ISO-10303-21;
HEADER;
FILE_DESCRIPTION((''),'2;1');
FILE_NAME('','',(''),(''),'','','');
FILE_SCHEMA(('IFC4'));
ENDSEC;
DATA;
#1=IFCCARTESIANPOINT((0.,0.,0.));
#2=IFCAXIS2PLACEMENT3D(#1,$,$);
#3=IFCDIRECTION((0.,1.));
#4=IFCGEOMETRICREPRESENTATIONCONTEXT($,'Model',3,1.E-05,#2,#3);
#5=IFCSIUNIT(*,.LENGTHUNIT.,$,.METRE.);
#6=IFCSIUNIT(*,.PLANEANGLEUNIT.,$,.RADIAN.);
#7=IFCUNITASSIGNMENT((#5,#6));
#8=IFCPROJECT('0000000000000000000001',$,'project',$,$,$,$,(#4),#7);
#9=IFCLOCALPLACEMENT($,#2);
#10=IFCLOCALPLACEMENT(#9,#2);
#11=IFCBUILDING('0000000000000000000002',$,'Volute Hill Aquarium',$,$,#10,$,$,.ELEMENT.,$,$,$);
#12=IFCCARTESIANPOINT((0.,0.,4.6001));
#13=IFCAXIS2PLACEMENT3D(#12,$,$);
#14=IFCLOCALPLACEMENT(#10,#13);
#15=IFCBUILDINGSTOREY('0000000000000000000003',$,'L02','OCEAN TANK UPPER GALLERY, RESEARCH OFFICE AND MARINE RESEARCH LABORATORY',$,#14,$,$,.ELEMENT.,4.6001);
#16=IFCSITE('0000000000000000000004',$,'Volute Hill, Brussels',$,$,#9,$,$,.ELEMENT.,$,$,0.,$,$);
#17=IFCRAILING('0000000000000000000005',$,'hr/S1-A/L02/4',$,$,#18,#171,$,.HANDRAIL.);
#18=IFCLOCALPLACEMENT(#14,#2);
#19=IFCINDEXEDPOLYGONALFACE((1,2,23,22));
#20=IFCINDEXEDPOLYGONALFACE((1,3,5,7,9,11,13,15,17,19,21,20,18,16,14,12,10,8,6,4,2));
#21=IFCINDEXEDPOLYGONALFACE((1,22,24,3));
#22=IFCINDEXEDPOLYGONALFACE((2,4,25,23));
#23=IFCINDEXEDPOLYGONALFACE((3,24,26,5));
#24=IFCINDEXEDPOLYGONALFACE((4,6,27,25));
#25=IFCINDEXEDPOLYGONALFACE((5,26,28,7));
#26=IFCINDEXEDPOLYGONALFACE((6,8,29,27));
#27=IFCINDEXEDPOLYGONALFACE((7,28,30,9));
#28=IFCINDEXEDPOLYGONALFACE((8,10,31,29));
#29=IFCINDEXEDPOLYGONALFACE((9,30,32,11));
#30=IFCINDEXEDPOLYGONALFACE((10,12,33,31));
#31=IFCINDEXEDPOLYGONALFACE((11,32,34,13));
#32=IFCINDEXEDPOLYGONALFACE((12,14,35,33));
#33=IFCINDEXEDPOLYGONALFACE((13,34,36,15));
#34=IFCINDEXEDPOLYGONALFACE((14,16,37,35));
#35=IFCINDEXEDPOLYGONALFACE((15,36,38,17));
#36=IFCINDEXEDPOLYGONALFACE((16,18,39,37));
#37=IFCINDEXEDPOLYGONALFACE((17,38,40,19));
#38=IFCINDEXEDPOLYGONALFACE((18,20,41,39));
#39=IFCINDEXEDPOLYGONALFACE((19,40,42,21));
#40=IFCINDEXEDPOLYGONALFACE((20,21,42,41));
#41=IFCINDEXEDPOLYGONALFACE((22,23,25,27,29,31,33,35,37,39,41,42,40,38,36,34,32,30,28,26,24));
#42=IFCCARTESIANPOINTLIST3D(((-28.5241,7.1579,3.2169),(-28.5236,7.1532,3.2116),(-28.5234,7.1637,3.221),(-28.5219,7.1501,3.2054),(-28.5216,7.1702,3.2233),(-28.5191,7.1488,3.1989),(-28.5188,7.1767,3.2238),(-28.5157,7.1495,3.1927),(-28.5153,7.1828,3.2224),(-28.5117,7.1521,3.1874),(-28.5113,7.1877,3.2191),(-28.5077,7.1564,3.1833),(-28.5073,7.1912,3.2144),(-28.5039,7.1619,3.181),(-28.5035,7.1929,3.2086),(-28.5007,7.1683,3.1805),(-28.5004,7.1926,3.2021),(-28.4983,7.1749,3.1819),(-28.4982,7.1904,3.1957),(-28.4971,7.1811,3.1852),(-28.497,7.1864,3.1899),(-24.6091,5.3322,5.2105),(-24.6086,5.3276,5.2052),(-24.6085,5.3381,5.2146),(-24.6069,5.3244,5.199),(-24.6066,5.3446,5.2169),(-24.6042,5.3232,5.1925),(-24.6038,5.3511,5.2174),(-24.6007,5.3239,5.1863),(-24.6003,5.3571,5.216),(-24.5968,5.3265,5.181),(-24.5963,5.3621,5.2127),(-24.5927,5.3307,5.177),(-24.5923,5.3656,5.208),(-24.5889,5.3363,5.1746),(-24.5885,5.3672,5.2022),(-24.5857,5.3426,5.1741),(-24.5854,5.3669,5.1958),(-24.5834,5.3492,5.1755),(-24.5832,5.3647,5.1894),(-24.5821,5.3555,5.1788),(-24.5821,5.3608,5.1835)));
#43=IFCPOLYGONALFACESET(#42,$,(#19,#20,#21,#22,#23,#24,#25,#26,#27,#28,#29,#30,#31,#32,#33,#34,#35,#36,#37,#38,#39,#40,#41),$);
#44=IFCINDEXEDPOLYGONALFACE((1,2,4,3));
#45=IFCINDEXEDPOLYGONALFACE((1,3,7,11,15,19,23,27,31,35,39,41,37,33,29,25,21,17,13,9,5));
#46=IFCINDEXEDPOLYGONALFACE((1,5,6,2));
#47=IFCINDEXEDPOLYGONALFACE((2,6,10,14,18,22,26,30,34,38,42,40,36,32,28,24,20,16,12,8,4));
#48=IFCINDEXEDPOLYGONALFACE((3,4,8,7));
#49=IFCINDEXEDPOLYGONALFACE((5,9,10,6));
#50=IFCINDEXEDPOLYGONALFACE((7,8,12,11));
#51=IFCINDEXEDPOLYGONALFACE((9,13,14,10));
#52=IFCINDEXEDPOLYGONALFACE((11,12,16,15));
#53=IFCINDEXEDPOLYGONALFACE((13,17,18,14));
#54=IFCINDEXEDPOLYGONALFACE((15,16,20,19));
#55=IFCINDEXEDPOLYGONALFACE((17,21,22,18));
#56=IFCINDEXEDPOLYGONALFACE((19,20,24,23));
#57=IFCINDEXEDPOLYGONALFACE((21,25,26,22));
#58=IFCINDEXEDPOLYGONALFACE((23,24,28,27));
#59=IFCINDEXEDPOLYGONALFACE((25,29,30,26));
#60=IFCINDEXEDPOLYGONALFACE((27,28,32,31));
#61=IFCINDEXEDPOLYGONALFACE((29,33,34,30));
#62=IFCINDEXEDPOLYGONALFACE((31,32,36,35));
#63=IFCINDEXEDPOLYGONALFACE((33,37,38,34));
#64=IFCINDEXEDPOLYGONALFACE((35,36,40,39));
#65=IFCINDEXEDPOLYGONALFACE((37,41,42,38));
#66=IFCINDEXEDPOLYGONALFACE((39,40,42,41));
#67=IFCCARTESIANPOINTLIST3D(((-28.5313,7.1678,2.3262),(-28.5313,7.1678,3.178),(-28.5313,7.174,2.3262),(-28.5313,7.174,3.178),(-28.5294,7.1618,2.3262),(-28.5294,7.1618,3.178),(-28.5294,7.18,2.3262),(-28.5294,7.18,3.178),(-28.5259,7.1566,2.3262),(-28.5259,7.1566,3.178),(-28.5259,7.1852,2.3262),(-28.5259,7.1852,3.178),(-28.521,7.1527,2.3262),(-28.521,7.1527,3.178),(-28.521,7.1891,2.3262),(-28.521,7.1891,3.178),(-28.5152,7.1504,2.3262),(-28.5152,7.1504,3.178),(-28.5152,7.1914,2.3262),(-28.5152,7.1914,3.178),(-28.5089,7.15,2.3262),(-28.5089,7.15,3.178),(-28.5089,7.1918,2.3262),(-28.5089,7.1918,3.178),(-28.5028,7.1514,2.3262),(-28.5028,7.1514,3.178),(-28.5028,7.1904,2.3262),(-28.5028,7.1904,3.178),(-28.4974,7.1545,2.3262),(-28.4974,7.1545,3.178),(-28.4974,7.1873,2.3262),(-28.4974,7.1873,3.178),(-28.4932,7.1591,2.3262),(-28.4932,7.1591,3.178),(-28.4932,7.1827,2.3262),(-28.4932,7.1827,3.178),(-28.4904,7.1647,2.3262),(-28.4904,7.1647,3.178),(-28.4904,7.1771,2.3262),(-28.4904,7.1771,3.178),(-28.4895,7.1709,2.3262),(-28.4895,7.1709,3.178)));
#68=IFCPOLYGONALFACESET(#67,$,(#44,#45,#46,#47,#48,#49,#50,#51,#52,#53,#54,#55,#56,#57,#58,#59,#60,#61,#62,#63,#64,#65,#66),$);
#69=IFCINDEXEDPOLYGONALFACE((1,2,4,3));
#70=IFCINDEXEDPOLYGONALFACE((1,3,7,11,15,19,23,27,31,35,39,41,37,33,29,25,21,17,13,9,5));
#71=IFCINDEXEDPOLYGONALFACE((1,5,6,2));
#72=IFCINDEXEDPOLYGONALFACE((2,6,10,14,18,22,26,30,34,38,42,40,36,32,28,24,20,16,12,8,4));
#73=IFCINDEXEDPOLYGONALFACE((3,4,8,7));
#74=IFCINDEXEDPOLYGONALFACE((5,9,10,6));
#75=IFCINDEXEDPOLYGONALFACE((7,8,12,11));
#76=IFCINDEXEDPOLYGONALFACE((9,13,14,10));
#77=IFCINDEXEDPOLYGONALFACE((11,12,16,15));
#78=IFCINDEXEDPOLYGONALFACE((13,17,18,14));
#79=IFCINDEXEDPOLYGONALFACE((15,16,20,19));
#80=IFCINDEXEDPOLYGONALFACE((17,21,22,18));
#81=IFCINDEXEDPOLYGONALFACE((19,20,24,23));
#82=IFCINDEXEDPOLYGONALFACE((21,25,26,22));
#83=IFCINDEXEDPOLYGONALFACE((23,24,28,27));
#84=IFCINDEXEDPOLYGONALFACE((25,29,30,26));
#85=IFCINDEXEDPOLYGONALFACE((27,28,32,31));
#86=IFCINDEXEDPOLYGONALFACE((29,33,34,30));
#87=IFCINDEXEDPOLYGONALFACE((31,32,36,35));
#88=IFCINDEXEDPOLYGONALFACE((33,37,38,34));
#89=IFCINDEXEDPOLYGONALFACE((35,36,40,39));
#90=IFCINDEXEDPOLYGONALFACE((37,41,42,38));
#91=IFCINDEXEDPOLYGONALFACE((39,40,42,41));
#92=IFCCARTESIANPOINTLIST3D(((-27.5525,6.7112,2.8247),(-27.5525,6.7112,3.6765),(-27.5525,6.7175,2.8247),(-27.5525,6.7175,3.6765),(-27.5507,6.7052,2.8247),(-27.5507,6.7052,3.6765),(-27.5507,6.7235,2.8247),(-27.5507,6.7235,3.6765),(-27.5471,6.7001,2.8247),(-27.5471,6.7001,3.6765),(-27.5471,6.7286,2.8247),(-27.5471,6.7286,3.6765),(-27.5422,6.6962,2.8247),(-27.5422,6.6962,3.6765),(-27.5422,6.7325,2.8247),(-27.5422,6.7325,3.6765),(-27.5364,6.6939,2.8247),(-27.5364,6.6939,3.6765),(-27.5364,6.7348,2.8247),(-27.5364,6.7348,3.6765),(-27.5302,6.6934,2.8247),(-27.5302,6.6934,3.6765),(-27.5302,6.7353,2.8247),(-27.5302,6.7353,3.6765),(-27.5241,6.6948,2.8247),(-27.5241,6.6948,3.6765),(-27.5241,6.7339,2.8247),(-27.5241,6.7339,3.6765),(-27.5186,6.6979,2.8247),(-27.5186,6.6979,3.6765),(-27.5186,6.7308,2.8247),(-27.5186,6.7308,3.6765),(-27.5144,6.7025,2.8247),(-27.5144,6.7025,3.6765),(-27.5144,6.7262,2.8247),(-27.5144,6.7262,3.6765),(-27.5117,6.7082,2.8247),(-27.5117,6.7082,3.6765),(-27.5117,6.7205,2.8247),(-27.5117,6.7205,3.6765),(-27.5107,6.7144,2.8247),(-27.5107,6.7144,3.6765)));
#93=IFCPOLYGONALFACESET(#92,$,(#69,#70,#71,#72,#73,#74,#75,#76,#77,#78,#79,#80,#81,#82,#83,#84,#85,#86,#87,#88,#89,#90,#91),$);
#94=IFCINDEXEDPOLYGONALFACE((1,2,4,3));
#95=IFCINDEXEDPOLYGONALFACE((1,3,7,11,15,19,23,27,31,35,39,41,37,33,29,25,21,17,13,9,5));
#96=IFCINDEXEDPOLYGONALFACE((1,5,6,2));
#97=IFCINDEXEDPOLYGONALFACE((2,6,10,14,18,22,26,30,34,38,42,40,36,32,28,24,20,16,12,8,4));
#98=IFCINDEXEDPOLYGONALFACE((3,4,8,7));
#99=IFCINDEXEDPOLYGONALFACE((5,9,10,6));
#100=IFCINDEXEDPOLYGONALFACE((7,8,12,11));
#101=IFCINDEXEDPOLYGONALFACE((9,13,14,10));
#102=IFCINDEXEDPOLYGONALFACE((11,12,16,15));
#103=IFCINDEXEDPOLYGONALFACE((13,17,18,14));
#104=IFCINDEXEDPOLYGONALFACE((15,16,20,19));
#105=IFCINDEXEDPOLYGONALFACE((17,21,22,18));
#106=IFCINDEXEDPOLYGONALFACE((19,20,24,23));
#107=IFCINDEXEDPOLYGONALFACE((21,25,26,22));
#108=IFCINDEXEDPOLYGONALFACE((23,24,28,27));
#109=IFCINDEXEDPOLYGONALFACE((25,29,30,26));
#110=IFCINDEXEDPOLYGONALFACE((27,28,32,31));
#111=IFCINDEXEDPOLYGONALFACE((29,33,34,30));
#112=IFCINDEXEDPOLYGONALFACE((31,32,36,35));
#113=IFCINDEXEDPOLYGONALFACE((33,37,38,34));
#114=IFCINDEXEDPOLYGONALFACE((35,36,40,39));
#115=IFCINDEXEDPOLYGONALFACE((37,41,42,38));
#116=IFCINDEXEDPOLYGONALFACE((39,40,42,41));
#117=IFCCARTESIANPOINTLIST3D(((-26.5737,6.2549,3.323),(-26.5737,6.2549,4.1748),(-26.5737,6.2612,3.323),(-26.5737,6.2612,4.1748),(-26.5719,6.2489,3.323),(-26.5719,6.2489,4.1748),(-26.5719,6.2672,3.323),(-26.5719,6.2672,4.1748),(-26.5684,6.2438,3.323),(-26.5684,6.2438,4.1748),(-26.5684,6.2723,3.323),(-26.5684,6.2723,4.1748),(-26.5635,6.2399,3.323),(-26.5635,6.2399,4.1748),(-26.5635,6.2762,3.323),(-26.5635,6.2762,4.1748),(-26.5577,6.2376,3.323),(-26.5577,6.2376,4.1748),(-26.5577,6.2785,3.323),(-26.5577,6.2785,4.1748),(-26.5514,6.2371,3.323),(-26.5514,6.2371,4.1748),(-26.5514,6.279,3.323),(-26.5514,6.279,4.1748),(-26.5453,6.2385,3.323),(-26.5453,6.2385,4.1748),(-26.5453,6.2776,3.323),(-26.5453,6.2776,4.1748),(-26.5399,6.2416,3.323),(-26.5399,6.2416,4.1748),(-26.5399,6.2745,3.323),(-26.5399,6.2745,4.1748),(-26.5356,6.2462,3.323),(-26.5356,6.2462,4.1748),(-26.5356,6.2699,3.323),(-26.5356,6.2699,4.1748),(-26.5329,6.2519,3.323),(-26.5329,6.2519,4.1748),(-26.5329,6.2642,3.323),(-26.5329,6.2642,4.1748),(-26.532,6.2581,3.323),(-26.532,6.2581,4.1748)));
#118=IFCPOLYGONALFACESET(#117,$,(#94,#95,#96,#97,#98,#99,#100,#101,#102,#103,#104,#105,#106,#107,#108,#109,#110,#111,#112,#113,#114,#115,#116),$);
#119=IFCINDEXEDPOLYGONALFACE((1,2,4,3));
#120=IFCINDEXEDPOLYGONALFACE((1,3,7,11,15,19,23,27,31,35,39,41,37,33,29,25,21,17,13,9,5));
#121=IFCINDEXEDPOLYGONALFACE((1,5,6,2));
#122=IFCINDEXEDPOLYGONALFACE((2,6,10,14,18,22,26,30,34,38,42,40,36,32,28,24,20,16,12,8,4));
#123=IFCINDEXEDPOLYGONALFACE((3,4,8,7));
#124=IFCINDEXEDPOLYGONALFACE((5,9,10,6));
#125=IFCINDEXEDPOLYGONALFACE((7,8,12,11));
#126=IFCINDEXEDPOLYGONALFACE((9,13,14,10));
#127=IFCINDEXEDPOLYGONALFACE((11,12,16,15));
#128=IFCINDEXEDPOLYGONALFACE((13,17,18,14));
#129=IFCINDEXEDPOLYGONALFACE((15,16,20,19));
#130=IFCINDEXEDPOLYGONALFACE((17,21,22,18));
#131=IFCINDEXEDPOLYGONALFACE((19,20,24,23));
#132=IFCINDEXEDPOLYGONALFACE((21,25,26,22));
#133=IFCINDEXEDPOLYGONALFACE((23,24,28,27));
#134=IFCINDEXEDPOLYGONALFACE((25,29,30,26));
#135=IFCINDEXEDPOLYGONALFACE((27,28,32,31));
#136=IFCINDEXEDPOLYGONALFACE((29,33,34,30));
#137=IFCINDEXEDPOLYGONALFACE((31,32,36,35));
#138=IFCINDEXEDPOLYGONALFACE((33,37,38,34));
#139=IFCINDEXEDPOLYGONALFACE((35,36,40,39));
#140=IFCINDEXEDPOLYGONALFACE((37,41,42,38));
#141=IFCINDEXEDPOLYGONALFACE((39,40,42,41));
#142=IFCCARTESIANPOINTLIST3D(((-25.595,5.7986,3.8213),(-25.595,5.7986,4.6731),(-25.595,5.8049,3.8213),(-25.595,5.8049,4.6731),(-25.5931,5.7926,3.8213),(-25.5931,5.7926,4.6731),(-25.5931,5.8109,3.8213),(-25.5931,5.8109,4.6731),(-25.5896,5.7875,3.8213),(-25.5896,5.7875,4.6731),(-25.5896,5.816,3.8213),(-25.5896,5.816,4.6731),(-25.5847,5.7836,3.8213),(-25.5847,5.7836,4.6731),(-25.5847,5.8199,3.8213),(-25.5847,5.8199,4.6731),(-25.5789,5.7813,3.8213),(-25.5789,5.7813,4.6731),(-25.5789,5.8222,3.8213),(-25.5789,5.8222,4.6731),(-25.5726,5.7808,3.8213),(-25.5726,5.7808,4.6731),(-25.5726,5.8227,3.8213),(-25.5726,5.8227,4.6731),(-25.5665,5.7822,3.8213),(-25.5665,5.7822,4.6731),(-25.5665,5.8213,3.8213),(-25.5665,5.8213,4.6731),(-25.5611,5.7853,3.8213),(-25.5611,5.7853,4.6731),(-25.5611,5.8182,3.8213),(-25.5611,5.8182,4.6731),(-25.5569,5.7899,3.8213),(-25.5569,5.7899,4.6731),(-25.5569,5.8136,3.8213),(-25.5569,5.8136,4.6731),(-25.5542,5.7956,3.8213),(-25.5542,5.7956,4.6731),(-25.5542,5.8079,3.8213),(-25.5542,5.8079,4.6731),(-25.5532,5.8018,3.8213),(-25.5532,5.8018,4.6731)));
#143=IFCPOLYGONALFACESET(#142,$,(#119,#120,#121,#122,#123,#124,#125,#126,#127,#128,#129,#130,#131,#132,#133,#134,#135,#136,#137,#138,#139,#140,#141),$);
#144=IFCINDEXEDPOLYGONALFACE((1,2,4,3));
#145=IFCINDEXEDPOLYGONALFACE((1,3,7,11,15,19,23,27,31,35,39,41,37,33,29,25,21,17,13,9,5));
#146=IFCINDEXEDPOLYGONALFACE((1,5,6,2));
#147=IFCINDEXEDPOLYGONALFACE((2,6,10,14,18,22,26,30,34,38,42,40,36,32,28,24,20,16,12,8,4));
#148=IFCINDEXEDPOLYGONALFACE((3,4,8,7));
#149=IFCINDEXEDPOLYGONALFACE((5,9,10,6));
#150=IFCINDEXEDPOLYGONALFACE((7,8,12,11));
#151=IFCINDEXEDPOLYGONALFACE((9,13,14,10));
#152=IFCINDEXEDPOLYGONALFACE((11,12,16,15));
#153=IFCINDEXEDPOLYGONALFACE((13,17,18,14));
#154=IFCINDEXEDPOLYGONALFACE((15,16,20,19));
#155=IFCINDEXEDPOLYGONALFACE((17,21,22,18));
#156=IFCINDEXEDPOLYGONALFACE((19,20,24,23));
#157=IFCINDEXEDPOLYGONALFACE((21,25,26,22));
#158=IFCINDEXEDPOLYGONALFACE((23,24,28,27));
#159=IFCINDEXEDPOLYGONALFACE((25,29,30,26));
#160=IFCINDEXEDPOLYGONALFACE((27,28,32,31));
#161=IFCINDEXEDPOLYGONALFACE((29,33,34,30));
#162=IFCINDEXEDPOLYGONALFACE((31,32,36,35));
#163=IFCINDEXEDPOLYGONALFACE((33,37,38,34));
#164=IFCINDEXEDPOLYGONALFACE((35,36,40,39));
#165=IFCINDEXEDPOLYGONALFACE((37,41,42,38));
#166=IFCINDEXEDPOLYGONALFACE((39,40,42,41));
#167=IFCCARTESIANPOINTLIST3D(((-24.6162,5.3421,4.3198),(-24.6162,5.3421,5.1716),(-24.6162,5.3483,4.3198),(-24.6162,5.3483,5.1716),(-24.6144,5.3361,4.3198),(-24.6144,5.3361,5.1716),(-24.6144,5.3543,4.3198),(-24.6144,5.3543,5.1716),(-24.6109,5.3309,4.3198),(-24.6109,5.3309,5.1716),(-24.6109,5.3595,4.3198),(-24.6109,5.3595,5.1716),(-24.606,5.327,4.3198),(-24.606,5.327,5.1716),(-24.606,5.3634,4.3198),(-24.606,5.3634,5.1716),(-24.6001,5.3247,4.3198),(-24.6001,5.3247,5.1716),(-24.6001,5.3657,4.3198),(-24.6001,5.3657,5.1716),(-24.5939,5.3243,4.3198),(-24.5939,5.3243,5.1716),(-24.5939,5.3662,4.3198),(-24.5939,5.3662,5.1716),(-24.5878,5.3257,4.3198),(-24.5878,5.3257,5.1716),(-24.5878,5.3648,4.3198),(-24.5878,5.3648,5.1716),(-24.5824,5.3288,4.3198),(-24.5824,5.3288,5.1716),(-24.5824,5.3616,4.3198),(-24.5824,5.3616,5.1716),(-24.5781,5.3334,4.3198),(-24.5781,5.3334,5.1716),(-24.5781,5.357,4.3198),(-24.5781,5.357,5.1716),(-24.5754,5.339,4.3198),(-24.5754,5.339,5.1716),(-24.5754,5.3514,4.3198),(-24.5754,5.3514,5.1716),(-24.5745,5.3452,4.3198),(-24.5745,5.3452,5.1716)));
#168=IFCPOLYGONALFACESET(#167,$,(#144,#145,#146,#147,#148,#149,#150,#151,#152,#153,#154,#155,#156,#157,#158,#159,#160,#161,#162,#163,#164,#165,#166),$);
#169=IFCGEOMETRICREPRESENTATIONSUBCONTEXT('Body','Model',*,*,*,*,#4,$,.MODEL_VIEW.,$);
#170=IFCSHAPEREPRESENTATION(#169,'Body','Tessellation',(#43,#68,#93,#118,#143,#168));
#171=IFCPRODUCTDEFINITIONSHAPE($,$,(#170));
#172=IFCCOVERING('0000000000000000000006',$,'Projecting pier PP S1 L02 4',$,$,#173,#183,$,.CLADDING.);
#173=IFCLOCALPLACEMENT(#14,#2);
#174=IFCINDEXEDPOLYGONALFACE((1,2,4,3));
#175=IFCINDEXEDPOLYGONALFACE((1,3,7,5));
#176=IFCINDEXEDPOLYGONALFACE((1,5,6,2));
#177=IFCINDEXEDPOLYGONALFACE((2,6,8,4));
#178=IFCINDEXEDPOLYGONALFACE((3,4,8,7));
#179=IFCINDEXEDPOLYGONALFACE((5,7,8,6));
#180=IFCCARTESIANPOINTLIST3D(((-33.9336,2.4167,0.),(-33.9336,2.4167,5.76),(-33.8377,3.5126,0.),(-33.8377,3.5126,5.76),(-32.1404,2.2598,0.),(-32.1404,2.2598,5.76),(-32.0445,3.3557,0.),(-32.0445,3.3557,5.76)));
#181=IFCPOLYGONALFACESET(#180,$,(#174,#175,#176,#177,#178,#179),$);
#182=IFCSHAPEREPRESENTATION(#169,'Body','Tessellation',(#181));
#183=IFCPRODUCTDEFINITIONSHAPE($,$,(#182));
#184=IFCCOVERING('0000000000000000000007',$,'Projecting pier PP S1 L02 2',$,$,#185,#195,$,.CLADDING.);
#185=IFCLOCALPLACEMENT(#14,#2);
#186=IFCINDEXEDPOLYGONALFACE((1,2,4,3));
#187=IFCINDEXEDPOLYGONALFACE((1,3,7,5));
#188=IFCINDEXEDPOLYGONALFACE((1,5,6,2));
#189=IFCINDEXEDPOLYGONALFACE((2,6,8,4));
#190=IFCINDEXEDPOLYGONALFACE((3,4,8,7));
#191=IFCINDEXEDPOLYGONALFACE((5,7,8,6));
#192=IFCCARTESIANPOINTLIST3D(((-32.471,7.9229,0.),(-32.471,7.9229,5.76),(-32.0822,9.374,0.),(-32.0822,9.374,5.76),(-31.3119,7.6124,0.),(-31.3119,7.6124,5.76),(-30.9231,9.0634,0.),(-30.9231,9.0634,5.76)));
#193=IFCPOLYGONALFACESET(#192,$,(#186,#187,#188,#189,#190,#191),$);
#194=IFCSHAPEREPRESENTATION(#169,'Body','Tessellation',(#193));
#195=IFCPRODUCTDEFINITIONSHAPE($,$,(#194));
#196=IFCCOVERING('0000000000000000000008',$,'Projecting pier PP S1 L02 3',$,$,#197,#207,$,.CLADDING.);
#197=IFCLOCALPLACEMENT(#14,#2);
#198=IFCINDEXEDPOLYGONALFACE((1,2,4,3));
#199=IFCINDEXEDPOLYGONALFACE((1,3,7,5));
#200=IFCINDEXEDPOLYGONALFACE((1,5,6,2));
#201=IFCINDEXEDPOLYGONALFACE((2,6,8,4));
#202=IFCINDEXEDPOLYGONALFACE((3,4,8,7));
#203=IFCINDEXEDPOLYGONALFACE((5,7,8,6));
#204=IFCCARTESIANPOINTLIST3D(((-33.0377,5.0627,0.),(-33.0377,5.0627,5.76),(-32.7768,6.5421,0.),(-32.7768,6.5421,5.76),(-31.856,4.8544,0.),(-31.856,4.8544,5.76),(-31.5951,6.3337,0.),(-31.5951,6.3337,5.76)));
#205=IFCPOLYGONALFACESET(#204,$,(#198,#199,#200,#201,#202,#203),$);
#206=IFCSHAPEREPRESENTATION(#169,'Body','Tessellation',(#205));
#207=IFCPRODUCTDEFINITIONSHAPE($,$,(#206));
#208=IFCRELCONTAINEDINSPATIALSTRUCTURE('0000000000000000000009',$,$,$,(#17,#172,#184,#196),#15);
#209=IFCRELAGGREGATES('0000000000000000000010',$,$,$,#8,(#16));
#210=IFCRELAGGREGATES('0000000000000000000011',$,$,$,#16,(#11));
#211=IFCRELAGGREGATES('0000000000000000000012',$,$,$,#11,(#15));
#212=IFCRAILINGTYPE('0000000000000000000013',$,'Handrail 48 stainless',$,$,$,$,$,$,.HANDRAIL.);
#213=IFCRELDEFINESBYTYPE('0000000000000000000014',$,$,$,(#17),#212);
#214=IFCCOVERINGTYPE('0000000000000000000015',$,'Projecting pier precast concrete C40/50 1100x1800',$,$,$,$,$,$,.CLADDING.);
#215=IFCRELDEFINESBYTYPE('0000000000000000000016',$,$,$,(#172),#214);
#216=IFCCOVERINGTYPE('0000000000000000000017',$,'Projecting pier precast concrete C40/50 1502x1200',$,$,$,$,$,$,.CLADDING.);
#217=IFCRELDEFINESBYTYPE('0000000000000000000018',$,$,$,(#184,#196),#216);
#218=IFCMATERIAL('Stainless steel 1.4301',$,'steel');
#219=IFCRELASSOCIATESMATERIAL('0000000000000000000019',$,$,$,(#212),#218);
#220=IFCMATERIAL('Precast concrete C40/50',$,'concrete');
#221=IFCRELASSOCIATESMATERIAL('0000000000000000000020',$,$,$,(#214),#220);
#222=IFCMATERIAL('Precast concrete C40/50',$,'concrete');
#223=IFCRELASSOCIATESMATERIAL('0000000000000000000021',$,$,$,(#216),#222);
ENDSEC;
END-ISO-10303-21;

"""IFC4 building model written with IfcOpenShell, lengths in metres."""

from ifc_helpers import new_model, si_unit, direction, frame, origin, origin_2d, place, context, subcontext, project, spatial, rectangle, circle, extrude, material, type_object, element, save


model = new_model("IFC4")

# Units and contexts
model_context = context("Model", 3, precision=1e-05, world=origin(), true_north=direction((0.0, 1.0)))
body_context = subcontext(model_context, "Body", "Model", "MODEL_VIEW")
ifc_project = project(units=[si_unit("LENGTHUNIT", "METRE"), si_unit("PLANEANGLEUNIT", "RADIAN")], contexts=[model_context])

# Site, building, storey
site_placement = place(None, origin())
site = spatial("IfcSite", under=ifc_project, at=site_placement, Name="Volute Hill, Brussels", CompositionType="ELEMENT", RefElevation=0.0)
building_placement = place(site_placement, origin())
building = spatial("IfcBuilding", under=site, at=building_placement, Name="Volute Hill Aquarium", CompositionType="ELEMENT")
storey_placement = place(building_placement, frame((0.0, 0.0, 4.6001)))
storey = spatial("IfcBuildingStorey", under=building, at=storey_placement, Name="L02", Description="OCEAN TANK UPPER GALLERY, RESEARCH OFFICE AND MARINE RESEARCH LABORATORY", CompositionType="ELEMENT", Elevation=4.6001)

# Railing
ifc_material_1 = material(Name="Stainless steel 1.4301", Category="steel")
railing_type_1 = type_object("IfcRailingType", Name="Handrail 48 stainless", PredefinedType="HANDRAIL", material=ifc_material_1)
railing_1_placement = place(storey_placement, frame((-28.5105, 7.1709, 2.3262)))
element("IfcRailing", 1, at=railing_1_placement, inside=storey, type_object=railing_type_1, Name="hr/S1-A/L02/4", PredefinedType="HANDRAIL", context=body_context, shape_type="SweptSolid", body=[
    extrude(circle(Radius=0.0239, at=origin_2d()), frame((0.0, 0.0, 0.876), z_axis=(0.822892, -0.383736, 0.419041), x_axis=(0.422632, 0.906302, 0.0)), (0.0, 0.0, 1.0), 4.7576),
    extrude(circle(Radius=0.021, at=origin_2d()), origin(), (0.0, 0.0, 1.0), 0.8518),
    extrude(circle(Radius=0.021, at=origin_2d()), frame((0.9788, -0.4565, 0.4985)), (0.0, 0.0, 1.0), 0.8518),
    extrude(circle(Radius=0.021, at=origin_2d()), frame((1.9575, -0.9128, 0.9968)), (0.0, 0.0, 1.0), 0.8518),
    extrude(circle(Radius=0.021, at=origin_2d()), frame((2.9363, -1.3691, 1.4951)), (0.0, 0.0, 1.0), 0.8518),
    extrude(circle(Radius=0.021, at=origin_2d()), frame((3.915, -1.8257, 1.9937)), (0.0, 0.0, 1.0), 0.8518),
])

# Coverings
ifc_material_2 = material(Name="Precast concrete C40/50", Category="concrete")
covering_type_1 = type_object("IfcCoveringType", Name="Projecting pier precast concrete C40/50 1100x1800", PredefinedType="CLADDING", material=ifc_material_2)
covering_placement = place(storey_placement, frame((-32.989, 2.8862, 0.0), z_axis=(0.0, 0.0, 1.0), x_axis=(-0.087156, -0.996195, 0.0)))
element("IfcCovering", 2, at=covering_placement, inside=storey, type_object=covering_type_1, Name="Projecting pier PP S1 L02 4", PredefinedType="CLADDING", context=body_context, shape_type="SweptSolid", body=[
    extrude(rectangle(XDim=1.1001, YDim=1.8, at=origin_2d()), origin(), (0.0, 0.0, 1.0), 5.76),
])
ifc_material_3 = material(Name="Precast concrete C40/50", Category="concrete")
covering_type_2 = type_object("IfcCoveringType", Name="Projecting pier precast concrete C40/50 1502x1200", PredefinedType="CLADDING", material=ifc_material_3)
for number, where, z_axis, x_axis, name in (
    (3, (-31.697, 8.4932, 0.0), (0.0, 0.0, 1.0), (-0.258819, -0.965926, 0.0), "Projecting pier PP S1 L02 2"),
    (4, (-32.3164, 5.6982, 0.0), (0.0, 0.0, 1.0), (-0.173648, -0.984808, 0.0), "Projecting pier PP S1 L02 3"),
):
    element("IfcCovering", number, at=place(storey_placement, frame(where, z_axis=z_axis, x_axis=x_axis)), inside=storey, type_object=covering_type_2, Name=name, PredefinedType="CLADDING", context=body_context, shape_type="SweptSolid", body=[
        extrude(rectangle(XDim=1.5022, YDim=1.2, at=origin_2d()), origin(), (0.0, 0.0, 1.0), 5.76),
    ])

save(model, "model.ifc")
